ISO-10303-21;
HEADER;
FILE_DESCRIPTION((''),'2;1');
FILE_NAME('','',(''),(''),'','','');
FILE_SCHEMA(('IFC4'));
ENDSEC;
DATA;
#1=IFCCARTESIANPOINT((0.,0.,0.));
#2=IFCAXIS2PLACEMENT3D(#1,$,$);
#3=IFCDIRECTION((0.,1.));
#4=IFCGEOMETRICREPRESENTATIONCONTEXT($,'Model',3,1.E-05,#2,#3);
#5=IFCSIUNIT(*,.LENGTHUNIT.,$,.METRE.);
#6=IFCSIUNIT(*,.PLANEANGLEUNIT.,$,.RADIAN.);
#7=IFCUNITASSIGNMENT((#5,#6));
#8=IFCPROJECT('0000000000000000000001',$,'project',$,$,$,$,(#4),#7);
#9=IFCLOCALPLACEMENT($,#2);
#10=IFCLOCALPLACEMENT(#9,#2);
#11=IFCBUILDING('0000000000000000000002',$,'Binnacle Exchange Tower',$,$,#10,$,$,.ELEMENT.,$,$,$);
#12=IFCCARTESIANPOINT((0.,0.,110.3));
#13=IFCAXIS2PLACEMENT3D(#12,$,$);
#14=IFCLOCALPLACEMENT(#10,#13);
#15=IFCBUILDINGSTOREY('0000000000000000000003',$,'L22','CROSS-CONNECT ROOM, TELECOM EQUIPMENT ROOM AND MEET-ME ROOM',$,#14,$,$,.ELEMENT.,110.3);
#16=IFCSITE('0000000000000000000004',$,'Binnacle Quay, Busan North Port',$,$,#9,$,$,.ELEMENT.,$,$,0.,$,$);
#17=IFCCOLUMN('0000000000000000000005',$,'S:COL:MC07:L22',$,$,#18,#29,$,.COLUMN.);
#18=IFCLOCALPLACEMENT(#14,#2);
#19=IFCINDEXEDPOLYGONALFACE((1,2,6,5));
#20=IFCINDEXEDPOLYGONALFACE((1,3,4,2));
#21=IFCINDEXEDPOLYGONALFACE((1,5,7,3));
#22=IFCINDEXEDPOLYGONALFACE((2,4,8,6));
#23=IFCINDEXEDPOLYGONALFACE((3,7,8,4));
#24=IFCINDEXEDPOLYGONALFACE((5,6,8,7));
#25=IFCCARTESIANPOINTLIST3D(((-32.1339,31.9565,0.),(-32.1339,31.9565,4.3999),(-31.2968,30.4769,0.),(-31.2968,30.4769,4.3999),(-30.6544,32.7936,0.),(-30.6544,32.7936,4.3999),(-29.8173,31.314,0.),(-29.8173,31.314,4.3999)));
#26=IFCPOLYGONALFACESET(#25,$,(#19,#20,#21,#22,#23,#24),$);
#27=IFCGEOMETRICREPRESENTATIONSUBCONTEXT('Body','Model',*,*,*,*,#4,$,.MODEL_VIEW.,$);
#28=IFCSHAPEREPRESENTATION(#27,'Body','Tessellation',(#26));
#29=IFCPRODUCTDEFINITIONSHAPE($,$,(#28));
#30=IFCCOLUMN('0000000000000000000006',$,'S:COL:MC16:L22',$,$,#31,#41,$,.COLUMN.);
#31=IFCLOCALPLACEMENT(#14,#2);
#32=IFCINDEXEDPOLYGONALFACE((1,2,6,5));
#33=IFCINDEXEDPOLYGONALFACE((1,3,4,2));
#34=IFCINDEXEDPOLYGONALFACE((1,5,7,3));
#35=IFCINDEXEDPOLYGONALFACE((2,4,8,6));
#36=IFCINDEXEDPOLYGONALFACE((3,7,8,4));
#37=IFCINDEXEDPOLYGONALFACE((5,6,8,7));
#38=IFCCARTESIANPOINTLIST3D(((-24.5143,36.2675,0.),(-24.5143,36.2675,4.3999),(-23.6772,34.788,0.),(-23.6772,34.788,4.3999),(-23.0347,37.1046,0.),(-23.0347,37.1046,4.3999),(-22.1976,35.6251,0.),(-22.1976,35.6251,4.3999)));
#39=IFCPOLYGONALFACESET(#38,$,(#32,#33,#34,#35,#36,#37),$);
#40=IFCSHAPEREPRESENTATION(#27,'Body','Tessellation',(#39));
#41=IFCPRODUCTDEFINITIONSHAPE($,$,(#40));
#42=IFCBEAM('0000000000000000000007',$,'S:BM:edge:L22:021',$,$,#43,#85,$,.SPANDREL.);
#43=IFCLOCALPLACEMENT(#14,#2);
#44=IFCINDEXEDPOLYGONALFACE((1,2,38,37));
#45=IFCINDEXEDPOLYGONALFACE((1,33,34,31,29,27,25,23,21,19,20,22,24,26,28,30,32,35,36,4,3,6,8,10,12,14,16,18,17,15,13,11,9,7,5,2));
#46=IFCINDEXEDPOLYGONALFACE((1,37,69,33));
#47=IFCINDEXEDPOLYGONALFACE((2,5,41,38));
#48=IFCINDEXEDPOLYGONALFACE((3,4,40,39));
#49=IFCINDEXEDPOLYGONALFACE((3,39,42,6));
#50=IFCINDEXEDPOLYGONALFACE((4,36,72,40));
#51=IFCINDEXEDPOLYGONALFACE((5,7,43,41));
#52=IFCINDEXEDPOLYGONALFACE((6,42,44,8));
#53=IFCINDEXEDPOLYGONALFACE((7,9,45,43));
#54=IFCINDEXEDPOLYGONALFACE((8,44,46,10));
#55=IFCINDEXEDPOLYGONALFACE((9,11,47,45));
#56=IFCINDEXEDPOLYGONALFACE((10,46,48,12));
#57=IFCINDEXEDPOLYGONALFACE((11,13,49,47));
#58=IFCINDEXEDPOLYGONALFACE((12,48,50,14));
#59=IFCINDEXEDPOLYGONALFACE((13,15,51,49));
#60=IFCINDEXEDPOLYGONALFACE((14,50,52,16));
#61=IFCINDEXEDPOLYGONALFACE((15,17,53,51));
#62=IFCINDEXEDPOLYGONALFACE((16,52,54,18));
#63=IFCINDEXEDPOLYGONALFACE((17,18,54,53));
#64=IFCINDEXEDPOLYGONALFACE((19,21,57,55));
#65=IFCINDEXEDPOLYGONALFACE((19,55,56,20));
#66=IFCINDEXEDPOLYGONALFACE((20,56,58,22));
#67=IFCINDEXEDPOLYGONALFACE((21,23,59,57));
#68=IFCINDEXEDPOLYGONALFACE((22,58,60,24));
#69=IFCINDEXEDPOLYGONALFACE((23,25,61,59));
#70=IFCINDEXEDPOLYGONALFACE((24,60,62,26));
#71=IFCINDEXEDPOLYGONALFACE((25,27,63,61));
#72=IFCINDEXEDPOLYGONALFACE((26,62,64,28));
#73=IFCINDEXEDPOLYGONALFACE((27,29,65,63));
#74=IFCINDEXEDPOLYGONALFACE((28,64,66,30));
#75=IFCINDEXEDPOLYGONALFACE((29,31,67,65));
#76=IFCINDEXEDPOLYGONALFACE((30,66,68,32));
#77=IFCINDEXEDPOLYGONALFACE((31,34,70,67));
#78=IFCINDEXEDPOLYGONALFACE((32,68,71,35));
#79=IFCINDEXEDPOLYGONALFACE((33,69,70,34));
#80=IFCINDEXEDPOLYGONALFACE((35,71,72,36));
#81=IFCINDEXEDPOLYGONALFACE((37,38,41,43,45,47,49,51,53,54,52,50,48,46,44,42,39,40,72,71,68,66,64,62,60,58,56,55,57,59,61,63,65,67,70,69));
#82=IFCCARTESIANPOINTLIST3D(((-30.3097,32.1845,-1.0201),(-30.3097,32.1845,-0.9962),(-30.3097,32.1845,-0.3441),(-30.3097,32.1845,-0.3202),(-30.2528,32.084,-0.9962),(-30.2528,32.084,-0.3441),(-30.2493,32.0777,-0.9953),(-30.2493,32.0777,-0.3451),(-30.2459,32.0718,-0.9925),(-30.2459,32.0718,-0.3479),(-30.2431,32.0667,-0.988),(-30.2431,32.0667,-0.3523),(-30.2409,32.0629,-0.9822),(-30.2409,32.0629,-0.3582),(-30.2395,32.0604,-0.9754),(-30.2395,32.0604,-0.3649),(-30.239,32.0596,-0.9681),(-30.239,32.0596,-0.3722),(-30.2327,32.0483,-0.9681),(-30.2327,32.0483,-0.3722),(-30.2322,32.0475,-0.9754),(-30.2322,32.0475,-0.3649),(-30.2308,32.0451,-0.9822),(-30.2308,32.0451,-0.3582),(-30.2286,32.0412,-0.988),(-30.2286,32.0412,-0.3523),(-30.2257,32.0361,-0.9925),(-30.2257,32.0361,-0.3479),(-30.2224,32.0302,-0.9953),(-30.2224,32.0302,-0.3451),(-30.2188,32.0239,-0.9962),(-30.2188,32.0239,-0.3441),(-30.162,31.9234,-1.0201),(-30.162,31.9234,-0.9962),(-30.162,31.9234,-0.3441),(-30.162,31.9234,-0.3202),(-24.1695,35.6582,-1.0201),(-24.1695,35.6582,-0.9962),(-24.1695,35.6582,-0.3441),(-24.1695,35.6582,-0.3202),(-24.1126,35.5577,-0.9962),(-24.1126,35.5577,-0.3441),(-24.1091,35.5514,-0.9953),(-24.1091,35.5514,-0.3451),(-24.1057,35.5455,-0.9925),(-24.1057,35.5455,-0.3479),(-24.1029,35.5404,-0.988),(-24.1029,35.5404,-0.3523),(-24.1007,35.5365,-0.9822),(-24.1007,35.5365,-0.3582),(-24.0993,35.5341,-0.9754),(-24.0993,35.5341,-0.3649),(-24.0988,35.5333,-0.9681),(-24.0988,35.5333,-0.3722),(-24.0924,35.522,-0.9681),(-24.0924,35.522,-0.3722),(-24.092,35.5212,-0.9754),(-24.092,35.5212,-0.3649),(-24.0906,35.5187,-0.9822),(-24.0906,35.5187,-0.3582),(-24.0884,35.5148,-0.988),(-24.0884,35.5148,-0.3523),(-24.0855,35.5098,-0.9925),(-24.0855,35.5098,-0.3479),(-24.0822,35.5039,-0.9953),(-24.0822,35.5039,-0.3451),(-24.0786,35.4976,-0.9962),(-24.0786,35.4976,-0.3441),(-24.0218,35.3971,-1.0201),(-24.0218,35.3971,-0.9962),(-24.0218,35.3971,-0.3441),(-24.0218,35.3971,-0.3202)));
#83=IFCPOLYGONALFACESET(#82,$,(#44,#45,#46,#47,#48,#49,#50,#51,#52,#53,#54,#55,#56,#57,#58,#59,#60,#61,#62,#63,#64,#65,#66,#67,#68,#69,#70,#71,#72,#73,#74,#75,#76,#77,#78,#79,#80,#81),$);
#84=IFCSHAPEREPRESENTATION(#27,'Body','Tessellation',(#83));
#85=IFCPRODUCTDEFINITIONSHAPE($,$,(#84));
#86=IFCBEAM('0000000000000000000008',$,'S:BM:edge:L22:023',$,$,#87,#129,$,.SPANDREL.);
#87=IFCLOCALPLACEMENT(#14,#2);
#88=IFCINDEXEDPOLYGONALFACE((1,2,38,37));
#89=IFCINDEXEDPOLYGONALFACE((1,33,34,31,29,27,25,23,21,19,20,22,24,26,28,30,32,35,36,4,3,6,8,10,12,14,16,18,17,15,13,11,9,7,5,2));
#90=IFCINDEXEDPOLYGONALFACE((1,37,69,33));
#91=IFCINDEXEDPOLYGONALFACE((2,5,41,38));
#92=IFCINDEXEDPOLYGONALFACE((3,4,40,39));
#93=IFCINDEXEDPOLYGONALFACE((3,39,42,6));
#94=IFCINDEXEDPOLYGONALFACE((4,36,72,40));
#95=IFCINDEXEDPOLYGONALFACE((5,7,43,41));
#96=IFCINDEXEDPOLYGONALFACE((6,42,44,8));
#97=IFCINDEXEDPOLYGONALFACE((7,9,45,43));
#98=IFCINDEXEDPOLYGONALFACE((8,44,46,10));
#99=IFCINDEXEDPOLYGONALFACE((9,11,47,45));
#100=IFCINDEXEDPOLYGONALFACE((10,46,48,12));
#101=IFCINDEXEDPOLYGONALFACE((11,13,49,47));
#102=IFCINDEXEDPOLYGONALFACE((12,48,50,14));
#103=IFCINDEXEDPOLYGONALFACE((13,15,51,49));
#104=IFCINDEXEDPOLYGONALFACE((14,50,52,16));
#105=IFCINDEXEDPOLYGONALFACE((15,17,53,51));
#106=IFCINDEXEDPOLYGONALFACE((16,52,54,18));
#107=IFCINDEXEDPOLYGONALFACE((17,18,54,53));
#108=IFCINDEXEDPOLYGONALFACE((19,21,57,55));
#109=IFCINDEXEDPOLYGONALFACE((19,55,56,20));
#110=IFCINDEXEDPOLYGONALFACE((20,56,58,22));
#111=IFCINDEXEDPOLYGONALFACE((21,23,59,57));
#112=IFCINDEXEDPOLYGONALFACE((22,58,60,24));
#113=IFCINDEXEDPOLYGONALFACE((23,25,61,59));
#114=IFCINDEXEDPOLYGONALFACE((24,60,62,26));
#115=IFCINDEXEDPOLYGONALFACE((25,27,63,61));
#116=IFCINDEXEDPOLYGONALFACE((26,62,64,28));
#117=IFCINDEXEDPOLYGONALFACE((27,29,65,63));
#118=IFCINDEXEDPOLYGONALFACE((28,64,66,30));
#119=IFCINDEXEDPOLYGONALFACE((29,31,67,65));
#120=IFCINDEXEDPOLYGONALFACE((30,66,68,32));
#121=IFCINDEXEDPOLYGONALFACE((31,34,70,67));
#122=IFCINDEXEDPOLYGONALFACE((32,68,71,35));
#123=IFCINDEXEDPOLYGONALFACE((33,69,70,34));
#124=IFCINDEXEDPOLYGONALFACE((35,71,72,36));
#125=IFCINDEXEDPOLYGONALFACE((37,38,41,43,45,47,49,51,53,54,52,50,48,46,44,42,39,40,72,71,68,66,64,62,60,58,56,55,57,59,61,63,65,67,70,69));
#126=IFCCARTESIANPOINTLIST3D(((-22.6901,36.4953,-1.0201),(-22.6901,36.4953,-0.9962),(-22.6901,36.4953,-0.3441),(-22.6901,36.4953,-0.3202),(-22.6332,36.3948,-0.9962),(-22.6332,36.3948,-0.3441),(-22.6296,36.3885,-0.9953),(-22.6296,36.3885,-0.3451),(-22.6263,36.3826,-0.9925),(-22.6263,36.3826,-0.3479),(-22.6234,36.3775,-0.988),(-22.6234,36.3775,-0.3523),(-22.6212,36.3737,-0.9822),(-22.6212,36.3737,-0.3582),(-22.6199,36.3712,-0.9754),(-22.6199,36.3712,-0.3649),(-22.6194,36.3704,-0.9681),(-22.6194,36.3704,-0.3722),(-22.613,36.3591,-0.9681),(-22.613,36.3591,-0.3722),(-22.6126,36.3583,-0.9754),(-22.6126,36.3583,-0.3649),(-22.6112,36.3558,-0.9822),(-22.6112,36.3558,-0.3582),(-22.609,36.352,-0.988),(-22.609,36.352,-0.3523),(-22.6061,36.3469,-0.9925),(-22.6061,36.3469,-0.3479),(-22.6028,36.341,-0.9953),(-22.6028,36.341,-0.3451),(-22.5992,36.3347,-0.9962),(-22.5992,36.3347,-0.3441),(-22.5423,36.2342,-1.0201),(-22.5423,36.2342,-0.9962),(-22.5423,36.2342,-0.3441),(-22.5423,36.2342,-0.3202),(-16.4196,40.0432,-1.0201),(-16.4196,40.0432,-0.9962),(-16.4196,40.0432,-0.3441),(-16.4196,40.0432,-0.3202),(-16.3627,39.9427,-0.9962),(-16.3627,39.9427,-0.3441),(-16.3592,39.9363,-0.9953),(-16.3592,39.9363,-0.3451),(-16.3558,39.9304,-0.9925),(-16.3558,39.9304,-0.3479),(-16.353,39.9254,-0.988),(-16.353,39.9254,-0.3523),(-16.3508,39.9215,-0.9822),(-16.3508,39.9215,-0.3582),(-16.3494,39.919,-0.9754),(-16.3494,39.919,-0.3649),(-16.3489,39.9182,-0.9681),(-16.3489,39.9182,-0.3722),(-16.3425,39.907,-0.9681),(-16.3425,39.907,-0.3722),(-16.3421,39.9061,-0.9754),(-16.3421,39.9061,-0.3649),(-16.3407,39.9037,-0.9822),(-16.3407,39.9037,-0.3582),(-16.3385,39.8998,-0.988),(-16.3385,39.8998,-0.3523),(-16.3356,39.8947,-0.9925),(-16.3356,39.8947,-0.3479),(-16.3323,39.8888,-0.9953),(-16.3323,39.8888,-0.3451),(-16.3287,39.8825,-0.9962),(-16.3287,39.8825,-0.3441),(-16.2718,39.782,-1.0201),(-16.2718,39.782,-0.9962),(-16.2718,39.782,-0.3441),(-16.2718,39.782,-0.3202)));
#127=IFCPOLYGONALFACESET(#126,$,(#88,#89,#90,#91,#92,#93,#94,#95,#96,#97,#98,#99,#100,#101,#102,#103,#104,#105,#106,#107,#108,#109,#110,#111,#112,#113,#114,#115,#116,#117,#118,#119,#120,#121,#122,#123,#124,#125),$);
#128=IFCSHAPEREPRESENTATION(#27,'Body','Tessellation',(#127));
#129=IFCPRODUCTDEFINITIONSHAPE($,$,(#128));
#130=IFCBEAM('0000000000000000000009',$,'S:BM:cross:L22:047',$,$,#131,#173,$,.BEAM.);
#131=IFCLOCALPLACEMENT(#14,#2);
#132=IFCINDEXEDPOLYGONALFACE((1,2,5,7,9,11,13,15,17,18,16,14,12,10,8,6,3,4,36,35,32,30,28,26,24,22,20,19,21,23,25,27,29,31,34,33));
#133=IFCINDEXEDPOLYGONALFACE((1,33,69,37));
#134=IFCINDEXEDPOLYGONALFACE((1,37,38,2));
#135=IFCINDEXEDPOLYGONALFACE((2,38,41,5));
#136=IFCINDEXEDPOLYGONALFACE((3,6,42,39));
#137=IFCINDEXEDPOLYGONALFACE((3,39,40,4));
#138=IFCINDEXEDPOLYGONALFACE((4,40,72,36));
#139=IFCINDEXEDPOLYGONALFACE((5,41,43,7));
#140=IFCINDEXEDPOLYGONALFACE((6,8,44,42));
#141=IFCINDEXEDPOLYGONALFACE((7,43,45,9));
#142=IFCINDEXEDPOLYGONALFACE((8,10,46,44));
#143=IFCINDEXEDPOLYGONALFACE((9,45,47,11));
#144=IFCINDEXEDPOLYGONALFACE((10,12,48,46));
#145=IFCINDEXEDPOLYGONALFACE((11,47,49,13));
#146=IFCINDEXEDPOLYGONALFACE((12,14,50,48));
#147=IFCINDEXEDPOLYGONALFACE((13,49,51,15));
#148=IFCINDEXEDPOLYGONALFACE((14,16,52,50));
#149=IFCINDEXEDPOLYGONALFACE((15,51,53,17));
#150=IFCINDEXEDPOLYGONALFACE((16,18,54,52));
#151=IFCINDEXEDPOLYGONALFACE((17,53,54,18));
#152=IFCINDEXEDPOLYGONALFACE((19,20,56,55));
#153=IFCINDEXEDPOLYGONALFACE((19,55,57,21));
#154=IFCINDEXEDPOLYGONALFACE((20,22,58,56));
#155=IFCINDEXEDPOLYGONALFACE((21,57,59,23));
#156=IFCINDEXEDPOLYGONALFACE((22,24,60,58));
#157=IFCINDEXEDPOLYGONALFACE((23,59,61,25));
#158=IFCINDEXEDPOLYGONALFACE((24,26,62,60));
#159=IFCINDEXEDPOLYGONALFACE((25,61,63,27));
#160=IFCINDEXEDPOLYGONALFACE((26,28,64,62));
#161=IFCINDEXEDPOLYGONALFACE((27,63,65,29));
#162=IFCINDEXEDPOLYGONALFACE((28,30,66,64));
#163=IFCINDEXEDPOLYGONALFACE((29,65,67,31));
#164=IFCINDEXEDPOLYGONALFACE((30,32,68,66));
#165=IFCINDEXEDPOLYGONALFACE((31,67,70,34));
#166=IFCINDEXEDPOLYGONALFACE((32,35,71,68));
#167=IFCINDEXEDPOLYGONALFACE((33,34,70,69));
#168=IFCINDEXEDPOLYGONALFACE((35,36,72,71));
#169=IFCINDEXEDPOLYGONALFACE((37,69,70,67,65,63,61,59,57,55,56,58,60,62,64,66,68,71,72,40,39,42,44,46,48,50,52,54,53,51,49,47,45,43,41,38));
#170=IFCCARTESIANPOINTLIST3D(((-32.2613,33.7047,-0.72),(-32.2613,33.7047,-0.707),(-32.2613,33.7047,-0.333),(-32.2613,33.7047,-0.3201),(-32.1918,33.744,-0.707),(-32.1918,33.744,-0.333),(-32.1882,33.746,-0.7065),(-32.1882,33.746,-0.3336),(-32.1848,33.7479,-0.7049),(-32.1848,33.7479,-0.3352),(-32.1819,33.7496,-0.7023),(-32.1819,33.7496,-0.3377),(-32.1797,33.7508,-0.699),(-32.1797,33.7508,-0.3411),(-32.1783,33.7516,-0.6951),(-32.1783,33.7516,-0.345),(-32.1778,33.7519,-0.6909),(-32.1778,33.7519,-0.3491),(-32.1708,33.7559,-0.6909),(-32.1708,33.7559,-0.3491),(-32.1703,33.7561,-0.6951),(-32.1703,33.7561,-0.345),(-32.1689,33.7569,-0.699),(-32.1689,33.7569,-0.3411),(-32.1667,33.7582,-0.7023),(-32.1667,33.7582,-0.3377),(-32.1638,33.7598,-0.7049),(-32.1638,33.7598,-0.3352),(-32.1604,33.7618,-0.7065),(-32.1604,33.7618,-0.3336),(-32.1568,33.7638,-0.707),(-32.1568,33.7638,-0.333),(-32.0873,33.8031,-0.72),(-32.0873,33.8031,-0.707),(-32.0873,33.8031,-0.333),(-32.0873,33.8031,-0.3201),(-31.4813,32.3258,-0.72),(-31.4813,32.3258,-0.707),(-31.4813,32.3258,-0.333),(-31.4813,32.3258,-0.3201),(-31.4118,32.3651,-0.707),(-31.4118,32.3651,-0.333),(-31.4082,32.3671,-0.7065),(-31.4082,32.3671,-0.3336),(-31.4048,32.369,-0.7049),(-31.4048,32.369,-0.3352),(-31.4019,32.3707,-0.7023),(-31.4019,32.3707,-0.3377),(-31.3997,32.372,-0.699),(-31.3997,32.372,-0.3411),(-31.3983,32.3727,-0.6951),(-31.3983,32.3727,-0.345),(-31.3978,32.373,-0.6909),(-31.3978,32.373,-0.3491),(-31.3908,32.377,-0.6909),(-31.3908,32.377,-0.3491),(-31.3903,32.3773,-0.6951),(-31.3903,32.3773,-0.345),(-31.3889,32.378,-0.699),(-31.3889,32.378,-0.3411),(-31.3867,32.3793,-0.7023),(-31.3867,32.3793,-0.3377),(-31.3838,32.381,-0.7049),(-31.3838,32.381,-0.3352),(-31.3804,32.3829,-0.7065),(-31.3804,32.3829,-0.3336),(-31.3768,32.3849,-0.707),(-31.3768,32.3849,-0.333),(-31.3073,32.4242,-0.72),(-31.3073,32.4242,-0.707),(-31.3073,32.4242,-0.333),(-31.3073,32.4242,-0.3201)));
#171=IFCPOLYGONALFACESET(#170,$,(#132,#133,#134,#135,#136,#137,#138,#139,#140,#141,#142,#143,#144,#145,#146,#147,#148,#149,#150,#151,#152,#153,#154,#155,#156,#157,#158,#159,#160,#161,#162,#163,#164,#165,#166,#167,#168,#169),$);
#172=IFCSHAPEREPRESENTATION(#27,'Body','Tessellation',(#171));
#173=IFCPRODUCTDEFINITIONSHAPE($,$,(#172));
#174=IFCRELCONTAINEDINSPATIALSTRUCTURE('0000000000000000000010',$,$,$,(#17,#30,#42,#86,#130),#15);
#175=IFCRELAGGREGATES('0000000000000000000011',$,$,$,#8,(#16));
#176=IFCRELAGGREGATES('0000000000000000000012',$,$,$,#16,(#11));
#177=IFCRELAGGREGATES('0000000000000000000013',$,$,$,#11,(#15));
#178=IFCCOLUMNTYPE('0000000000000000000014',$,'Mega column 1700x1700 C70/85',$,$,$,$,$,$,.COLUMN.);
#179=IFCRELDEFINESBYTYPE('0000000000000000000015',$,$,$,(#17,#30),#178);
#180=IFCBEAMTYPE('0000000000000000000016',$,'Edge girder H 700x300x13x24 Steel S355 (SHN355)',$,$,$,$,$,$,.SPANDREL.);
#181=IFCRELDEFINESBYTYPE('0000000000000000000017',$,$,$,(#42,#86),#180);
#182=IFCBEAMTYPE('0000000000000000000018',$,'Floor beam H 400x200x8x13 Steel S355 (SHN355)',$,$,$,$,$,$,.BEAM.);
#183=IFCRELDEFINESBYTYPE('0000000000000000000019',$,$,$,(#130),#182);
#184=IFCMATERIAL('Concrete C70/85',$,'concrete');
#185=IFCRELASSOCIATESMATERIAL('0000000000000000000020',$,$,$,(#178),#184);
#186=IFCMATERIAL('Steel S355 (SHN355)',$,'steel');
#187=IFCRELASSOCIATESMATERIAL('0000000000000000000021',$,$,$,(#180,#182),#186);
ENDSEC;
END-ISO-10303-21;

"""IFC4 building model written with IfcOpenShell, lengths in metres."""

from ifc_helpers import new_model, si_unit, direction, frame, origin, origin_2d, place, context, subcontext, project, spatial, rectangle, i_section, extrude, material, material_profile, profile_set, type_object, element, save


model = new_model("IFC4")

# Units and contexts
model_context = context("Model", 3, precision=1e-05, world=origin(), true_north=direction((0.0, 1.0)))
body_context = subcontext(model_context, "Body", "Model", "MODEL_VIEW")
ifc_project = project(units=[si_unit("LENGTHUNIT", "METRE"), si_unit("PLANEANGLEUNIT", "RADIAN")], contexts=[model_context])

# Site, building, storey
site_placement = place(None, origin())
site = spatial("IfcSite", under=ifc_project, at=site_placement, Name="Binnacle Quay, Busan North Port", CompositionType="ELEMENT", RefElevation=0.0)
building_placement = place(site_placement, origin())
building = spatial("IfcBuilding", under=site, at=building_placement, Name="Binnacle Exchange Tower", CompositionType="ELEMENT")
storey_placement = place(building_placement, frame((0.0, 0.0, 110.3)))
storey = spatial("IfcBuildingStorey", under=building, at=storey_placement, Name="L22", Description="CROSS-CONNECT ROOM, TELECOM EQUIPMENT ROOM AND MEET-ME ROOM", CompositionType="ELEMENT", Elevation=110.3)

# Columns
ifc_material_1 = material(Name="Concrete C70/85", Category="concrete")
ifc_material_profile_1 = material_profile(ifc_material_1, rectangle(XDim=1.7, YDim=1.7, at=origin_2d()), Name="Mega column 1700x1700 C70/85")
ifc_profile_set_1 = profile_set([ifc_material_profile_1], Name="Concrete C70/85")
column_type = type_object("IfcColumnType", Name="Mega column 1700x1700 C70/85", PredefinedType="COLUMN", material=ifc_profile_set_1)
for number, where, z_axis, x_axis, name in (
    (1, (-30.9756, 31.6353, 0.0), (0.0, 0.0, 1.0), (0.870356, 0.492424, 0.0), "S:COL:MC07:L22"),
    (2, (-23.356, 35.9463, 0.0), (0.0, 0.0, 1.0), (0.870356, 0.492424, 0.0), "S:COL:MC16:L22"),
):
    element("IfcColumn", number, at=place(storey_placement, frame(where, z_axis=z_axis, x_axis=x_axis)), inside=storey, type_object=column_type, Name=name, PredefinedType="COLUMN", context=body_context, shape_type="SweptSolid", body=[
        extrude(rectangle(XDim=1.7, YDim=1.7, at=origin_2d()), origin(), (0.0, 0.0, 1.0), 4.3999),
    ])

# Beams
ifc_material_2 = material(Name="Steel S355 (SHN355)", Category="steel")
ifc_material_profile_2 = material_profile(ifc_material_2, i_section(OverallWidth=0.3, OverallDepth=0.7, WebThickness=0.0129, FlangeThickness=0.0239, FilletRadius=0.0281, at=origin_2d()), Name="H 700x300x13x24")
ifc_profile_set_2 = profile_set([ifc_material_profile_2], Name="Steel S355 (SHN355)")
beam_type_1 = type_object("IfcBeamType", Name="Edge girder H 700x300x13x24 Steel S355 (SHN355)", PredefinedType="SPANDREL", material=ifc_profile_set_2)
beam_1_placement = place(storey_placement, frame((-30.2358, 32.054, -0.6702), z_axis=(0.870373, 0.492392, 0.0), x_axis=(-0.492392, 0.870373, 0.0)))
element("IfcBeam", 3, at=beam_1_placement, inside=storey, type_object=beam_type_1, Name="S:BM:edge:L22:021", PredefinedType="SPANDREL", context=body_context, shape_type="SweptSolid", body=[
    extrude(i_section(OverallWidth=0.3, OverallDepth=0.7, WebThickness=0.0129, FlangeThickness=0.0239, FilletRadius=0.0281, at=origin_2d()), origin(), (0.0, 0.0, 1.0), 7.0547),
])
beam_2_placement = place(storey_placement, frame((-22.6162, 36.3647, -0.6702), z_axis=(0.870346, 0.492441, 0.0), x_axis=(-0.492441, 0.870346, 0.0)))
element("IfcBeam", 4, at=beam_2_placement, inside=storey, type_object=beam_type_1, Name="S:BM:edge:L22:023", PredefinedType="SPANDREL", context=body_context, shape_type="SweptSolid", body=[
    extrude(i_section(OverallWidth=0.3, OverallDepth=0.7, WebThickness=0.0129, FlangeThickness=0.0239, FilletRadius=0.0281, at=origin_2d()), origin(), (0.0, 0.0, 1.0), 7.2046),
])
ifc_material_profile_3 = material_profile(ifc_material_2, i_section(OverallWidth=0.2, OverallDepth=0.3999, WebThickness=0.0081, FlangeThickness=0.0129, FilletRadius=0.0161, at=origin_2d()), Name="H 400x200x8x13")
ifc_profile_set_3 = profile_set([ifc_material_profile_3], Name="Steel S355 (SHN355)")
beam_type_2 = type_object("IfcBeamType", Name="Floor beam H 400x200x8x13 Steel S355 (SHN355)", PredefinedType="BEAM", material=ifc_profile_set_3)
beam_3_placement = place(storey_placement, frame((-31.3943, 32.375, -0.52), z_axis=(-0.492367, 0.870388, 0.0), x_axis=(-0.870388, -0.492367, 0.0)))
element("IfcBeam", 5, at=beam_3_placement, inside=storey, type_object=beam_type_2, Name="S:BM:cross:L22:047", PredefinedType="BEAM", context=body_context, shape_type="SweptSolid", body=[
    extrude(i_section(OverallWidth=0.2, OverallDepth=0.3999, WebThickness=0.0081, FlangeThickness=0.0129, FilletRadius=0.0161, at=origin_2d()), origin(), (0.0, 0.0, 1.0), 1.5842),
])

save(model, "model.ifc")
